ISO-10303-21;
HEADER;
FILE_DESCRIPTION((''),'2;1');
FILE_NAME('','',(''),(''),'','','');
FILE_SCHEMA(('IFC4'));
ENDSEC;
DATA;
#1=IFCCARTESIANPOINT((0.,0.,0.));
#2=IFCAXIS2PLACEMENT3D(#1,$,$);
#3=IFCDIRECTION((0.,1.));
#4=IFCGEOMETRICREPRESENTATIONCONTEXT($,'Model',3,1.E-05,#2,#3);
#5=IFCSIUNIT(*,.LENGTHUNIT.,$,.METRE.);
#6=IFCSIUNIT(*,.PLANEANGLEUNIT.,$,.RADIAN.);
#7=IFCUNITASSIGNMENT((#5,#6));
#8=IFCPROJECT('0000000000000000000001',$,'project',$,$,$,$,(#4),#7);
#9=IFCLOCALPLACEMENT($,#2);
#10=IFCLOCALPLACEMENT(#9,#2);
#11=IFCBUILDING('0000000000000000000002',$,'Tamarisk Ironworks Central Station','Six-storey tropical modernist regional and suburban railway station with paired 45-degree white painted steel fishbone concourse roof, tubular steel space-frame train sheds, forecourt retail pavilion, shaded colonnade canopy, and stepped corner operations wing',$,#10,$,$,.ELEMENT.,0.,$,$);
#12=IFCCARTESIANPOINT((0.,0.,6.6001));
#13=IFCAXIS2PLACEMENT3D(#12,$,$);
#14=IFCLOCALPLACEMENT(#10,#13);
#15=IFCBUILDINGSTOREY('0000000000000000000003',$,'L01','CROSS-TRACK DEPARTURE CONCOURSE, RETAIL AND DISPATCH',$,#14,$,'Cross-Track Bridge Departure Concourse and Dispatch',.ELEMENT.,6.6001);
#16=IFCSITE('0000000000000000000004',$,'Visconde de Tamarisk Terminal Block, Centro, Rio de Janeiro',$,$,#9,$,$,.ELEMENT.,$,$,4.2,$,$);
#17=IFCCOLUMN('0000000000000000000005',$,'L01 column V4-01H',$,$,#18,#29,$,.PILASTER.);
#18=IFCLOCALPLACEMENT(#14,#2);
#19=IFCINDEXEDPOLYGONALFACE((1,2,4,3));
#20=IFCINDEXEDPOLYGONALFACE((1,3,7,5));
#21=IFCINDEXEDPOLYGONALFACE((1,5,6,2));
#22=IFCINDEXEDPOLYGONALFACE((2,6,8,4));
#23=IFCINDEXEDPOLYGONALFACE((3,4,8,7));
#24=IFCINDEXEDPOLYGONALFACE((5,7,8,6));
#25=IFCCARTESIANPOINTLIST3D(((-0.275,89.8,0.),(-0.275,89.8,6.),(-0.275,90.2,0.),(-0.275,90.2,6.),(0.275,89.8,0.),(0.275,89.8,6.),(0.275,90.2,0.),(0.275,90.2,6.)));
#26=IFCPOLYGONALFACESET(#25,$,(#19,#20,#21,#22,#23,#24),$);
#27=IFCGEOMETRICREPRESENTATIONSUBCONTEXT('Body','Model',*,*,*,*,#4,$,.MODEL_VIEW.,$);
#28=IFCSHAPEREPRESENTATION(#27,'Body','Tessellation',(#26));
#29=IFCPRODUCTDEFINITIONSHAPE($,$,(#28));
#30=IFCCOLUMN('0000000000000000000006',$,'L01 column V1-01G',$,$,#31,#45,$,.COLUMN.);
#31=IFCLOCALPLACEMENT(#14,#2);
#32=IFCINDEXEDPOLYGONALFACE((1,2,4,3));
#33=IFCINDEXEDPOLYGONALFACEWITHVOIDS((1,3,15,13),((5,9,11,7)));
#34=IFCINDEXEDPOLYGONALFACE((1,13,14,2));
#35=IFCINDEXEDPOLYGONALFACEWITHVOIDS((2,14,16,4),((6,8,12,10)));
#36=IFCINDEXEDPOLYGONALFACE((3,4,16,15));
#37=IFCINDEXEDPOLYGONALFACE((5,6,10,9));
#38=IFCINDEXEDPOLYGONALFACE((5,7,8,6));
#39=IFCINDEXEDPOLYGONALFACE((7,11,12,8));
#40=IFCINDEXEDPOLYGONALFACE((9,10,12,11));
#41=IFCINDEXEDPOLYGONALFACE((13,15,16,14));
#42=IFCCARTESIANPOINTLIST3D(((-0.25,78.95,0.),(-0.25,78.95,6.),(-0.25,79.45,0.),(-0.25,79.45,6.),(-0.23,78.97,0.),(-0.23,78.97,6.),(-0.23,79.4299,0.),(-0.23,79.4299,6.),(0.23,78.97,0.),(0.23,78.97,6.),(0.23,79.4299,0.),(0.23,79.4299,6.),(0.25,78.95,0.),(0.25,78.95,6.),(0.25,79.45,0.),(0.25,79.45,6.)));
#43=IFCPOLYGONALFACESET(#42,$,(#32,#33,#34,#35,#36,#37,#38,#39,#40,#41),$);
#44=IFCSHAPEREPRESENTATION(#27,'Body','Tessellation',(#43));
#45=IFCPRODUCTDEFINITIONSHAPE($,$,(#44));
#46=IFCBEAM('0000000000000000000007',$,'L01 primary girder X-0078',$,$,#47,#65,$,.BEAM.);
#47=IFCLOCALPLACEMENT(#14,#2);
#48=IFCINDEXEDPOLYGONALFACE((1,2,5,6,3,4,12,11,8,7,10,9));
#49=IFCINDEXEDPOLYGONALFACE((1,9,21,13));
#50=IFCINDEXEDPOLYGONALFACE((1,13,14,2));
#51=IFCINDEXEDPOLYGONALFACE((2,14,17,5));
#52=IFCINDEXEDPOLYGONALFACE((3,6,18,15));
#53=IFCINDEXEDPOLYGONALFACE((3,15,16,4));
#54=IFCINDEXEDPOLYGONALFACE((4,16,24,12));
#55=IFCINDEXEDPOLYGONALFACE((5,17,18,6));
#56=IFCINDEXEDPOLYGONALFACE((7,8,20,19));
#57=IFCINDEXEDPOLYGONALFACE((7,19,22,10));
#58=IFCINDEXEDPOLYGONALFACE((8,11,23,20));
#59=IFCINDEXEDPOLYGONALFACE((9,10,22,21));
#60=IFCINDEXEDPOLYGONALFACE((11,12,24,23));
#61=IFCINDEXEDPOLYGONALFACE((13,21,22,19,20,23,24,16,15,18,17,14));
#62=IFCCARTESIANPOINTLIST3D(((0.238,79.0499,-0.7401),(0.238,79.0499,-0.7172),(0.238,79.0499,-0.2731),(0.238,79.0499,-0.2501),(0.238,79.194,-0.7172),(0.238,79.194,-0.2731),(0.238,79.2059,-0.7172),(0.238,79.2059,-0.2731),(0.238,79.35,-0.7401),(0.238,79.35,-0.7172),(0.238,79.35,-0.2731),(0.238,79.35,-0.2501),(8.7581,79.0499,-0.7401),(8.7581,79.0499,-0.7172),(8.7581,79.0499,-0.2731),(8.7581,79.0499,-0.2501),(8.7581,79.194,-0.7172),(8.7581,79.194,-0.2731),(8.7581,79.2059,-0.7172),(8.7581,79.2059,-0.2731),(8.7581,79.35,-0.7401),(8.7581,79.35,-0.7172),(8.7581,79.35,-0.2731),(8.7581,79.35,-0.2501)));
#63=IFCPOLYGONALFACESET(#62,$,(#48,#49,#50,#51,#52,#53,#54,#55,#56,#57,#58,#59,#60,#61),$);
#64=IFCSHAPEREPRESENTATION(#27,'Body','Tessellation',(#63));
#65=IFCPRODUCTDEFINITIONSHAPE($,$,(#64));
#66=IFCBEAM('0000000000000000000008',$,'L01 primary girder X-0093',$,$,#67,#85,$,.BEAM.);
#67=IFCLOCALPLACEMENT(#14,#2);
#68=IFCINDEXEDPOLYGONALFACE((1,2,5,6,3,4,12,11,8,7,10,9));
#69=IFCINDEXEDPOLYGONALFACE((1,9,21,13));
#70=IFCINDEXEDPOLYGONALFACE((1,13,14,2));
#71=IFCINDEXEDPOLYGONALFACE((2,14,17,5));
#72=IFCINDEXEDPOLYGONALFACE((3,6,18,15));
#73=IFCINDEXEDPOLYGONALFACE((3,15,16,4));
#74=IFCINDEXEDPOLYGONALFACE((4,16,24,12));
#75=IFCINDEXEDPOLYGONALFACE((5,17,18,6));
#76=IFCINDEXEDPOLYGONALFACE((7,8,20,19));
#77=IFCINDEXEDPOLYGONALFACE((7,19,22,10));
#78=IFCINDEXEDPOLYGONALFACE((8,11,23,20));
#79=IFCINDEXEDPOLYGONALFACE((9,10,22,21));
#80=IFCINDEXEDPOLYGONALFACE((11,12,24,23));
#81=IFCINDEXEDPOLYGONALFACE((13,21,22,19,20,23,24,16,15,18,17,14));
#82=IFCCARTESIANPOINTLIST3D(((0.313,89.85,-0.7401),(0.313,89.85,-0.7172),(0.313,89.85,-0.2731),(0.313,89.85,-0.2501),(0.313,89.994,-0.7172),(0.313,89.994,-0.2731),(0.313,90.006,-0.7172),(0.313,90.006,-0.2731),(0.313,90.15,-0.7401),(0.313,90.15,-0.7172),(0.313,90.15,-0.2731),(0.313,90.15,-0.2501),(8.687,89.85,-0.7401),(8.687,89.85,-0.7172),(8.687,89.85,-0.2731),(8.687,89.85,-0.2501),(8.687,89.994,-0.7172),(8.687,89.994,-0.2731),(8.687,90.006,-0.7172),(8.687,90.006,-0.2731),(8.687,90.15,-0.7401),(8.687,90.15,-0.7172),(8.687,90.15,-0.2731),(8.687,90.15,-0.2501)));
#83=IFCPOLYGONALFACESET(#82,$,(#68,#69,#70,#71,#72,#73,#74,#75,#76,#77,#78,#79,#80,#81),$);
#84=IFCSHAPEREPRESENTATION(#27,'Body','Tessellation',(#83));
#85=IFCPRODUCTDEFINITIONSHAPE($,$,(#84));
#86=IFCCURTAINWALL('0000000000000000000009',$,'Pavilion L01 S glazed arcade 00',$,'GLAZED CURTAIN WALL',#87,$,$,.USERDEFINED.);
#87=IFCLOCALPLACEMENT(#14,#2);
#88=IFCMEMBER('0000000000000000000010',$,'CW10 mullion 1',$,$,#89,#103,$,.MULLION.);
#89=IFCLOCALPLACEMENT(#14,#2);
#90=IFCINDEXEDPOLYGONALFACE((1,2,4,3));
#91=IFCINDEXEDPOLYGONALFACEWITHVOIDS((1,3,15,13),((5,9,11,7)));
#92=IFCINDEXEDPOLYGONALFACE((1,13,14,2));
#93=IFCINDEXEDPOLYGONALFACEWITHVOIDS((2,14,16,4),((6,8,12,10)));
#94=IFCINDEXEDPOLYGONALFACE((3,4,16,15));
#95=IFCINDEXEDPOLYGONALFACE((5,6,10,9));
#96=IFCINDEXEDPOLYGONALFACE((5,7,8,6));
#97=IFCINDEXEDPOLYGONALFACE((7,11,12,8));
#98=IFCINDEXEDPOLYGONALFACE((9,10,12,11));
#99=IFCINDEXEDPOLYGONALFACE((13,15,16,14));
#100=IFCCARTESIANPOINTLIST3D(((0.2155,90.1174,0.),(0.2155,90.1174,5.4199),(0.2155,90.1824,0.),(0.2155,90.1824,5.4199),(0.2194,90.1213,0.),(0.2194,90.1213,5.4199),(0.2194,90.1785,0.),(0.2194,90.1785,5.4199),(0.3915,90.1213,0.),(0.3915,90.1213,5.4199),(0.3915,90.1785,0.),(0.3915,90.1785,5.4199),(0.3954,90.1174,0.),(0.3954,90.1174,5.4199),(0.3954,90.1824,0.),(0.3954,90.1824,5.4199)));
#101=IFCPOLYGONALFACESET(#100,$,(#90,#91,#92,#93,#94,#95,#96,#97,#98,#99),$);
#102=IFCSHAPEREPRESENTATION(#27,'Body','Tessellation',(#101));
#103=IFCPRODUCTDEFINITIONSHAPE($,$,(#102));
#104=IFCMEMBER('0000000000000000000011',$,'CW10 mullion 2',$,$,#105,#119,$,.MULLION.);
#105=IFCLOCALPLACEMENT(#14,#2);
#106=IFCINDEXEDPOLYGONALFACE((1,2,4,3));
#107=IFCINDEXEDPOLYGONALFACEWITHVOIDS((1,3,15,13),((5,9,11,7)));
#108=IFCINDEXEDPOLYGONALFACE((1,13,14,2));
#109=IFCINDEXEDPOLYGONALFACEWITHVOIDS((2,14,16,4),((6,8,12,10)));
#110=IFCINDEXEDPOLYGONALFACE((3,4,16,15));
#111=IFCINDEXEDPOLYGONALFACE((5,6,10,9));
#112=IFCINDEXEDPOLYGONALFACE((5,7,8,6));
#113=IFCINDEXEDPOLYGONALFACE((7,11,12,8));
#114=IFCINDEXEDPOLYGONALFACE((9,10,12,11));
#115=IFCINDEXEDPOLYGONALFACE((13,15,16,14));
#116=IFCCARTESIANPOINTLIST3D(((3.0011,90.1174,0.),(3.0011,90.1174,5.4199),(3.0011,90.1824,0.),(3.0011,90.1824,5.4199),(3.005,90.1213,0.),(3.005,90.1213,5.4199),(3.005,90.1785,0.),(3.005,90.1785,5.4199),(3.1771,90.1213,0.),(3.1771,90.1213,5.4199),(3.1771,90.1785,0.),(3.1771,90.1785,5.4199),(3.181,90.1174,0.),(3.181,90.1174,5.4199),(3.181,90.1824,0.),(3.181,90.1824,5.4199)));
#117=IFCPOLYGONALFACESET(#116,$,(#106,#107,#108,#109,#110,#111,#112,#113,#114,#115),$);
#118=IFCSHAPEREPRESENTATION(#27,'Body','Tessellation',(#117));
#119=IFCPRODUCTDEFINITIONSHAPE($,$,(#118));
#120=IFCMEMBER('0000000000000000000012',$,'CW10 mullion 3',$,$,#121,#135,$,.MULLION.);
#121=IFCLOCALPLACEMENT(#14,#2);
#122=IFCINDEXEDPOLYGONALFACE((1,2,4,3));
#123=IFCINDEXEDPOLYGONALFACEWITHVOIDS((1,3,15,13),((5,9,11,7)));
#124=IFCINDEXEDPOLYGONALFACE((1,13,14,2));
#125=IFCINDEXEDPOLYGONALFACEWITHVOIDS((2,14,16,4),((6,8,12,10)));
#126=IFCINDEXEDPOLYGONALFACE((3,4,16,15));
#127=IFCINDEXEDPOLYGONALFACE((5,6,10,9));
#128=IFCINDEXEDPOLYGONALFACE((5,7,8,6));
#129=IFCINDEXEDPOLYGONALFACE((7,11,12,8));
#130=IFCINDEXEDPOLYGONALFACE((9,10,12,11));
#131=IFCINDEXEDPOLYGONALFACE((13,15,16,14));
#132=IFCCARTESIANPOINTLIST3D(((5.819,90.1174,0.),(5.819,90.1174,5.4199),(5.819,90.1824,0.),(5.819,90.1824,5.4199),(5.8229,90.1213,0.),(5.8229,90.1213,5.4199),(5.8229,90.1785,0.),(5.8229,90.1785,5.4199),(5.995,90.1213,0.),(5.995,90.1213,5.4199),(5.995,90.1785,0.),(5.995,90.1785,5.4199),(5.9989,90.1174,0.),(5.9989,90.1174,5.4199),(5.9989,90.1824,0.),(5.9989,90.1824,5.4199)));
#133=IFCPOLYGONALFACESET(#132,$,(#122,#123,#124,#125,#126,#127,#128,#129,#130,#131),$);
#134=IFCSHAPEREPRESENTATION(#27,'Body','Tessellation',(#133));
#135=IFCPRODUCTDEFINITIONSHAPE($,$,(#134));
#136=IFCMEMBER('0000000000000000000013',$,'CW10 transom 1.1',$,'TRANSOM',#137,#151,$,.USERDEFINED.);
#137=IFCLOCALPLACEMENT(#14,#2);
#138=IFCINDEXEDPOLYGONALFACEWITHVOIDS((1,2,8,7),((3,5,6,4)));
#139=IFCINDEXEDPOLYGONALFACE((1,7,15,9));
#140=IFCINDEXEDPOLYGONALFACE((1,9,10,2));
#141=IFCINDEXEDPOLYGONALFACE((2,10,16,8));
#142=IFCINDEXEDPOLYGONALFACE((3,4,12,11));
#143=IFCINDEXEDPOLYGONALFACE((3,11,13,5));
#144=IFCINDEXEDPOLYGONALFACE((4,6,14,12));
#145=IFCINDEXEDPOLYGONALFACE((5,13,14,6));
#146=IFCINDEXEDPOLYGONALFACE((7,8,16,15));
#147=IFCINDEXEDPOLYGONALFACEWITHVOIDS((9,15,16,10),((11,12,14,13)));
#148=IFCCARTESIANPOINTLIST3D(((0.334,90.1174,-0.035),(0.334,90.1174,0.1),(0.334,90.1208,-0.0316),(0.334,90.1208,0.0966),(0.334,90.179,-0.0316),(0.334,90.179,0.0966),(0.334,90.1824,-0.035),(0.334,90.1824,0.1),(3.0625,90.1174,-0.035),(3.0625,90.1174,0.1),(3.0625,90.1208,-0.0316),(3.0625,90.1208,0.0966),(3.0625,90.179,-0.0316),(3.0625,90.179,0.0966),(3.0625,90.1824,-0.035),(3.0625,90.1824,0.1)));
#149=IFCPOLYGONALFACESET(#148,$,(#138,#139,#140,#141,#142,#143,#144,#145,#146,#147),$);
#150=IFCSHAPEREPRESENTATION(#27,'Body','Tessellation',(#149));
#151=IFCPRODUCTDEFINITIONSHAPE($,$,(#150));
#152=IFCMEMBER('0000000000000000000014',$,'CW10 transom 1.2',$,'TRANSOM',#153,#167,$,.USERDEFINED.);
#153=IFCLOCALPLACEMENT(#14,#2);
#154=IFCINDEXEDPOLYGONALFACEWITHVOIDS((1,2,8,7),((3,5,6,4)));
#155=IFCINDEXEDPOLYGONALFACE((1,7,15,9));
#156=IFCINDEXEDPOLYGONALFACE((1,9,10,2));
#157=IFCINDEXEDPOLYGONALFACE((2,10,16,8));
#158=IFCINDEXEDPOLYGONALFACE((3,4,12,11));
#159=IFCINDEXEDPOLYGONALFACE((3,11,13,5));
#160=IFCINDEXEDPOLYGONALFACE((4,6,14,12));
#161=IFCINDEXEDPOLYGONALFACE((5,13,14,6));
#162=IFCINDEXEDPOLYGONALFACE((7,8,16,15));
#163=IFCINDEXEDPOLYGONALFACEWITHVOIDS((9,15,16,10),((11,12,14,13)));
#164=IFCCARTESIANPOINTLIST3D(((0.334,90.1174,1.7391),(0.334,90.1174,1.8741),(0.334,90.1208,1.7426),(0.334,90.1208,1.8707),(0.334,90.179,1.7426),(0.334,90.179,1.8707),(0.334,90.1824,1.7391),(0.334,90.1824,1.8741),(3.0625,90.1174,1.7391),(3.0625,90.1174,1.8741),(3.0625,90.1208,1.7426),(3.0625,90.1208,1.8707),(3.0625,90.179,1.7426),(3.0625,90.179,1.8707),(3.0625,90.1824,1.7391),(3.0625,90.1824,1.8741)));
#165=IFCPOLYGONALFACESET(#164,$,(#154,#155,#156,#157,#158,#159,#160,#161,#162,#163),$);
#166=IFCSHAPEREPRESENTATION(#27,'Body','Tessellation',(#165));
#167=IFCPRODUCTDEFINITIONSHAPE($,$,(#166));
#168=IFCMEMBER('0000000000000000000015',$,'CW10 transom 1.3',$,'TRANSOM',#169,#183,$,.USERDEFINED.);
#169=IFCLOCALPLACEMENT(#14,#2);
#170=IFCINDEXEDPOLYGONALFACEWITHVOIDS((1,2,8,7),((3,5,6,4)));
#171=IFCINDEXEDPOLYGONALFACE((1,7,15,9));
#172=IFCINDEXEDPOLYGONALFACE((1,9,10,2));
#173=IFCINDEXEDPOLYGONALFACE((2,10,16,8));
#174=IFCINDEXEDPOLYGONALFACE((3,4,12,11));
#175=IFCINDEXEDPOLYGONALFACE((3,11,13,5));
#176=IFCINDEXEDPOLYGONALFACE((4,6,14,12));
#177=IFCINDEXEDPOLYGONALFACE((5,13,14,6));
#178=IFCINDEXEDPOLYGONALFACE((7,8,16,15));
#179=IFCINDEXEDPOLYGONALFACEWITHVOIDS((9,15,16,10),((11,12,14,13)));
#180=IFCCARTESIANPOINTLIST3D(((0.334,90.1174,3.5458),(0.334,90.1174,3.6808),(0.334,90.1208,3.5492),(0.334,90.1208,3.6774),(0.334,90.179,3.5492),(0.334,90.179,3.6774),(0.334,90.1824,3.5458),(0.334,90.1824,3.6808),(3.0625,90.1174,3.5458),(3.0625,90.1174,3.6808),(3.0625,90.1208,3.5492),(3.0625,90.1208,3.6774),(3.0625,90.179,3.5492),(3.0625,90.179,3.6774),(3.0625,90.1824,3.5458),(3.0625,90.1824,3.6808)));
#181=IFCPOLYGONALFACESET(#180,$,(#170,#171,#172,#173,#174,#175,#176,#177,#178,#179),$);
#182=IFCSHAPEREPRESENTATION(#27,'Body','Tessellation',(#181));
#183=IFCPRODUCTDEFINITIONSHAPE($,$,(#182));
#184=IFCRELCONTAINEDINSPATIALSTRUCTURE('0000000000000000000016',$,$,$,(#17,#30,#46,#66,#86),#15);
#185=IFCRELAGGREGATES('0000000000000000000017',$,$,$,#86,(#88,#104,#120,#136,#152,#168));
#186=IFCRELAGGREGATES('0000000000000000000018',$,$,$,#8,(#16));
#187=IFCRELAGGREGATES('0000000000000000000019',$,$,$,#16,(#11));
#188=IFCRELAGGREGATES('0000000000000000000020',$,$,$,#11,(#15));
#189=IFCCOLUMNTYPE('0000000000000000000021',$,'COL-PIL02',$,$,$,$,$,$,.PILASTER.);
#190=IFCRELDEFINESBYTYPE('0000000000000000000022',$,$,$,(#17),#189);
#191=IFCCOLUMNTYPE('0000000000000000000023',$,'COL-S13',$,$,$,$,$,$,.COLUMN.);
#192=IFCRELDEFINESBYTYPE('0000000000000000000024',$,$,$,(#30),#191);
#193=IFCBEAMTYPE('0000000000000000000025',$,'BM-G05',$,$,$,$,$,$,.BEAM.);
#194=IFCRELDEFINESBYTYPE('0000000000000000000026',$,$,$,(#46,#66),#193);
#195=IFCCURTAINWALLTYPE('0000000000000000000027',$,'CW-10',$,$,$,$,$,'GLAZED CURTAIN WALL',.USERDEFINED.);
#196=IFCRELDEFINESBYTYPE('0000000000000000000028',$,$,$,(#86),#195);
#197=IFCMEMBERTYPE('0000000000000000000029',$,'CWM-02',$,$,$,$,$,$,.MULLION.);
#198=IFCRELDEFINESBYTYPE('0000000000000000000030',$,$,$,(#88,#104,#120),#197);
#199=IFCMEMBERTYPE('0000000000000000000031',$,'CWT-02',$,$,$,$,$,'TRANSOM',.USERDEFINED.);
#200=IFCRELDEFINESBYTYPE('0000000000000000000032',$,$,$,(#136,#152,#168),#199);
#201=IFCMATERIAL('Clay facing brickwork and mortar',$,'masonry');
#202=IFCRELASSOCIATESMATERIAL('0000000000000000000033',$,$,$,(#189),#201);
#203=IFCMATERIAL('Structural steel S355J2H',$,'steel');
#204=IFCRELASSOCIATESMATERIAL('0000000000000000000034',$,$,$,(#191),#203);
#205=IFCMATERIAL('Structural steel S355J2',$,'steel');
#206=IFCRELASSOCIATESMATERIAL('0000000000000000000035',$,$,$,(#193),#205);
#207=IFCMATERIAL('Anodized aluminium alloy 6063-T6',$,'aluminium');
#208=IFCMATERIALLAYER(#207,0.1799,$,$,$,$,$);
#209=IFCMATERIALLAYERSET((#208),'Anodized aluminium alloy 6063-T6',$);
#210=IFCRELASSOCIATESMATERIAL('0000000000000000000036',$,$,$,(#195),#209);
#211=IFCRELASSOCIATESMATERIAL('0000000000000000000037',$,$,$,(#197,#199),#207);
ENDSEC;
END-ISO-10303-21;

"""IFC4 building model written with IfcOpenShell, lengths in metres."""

from ifc_helpers import new_model, si_unit, direction, frame, origin, origin_2d, place, context, subcontext, project, spatial, rectangle, hollow_rectangle, i_section, extrude, material, layer, layer_set, material_profile, profile_set, type_object, element, aggregate, save


model = new_model("IFC4")

# Units and contexts
model_context = context("Model", 3, precision=1e-05, world=origin(), true_north=direction((0.0, 1.0)))
body_context = subcontext(model_context, "Body", "Model", "MODEL_VIEW")
ifc_project = project(units=[si_unit("LENGTHUNIT", "METRE"), si_unit("PLANEANGLEUNIT", "RADIAN")], contexts=[model_context])

# Site, building, storey
site_placement = place(None, origin())
site = spatial("IfcSite", under=ifc_project, at=site_placement, Name="Visconde de Tamarisk Terminal Block, Centro, Rio de Janeiro", CompositionType="ELEMENT", RefElevation=4.2)
building_placement = place(site_placement, origin())
building = spatial("IfcBuilding", under=site, at=building_placement, Name="Tamarisk Ironworks Central Station", Description="Six-storey tropical modernist regional and suburban railway station with paired 45-degree white painted steel fishbone concourse roof, tubular steel space-frame train sheds, forecourt retail pavilion, shaded colonnade canopy, and stepped corner operations wing", CompositionType="ELEMENT", ElevationOfRefHeight=0.0)
storey_placement = place(building_placement, frame((0.0, 0.0, 6.6001)))
storey = spatial("IfcBuildingStorey", under=building, at=storey_placement, Name="L01", Description="CROSS-TRACK DEPARTURE CONCOURSE, RETAIL AND DISPATCH", LongName="Cross-Track Bridge Departure Concourse and Dispatch", CompositionType="ELEMENT", Elevation=6.6001)

# Columns
ifc_material_1 = material(Name="Clay facing brickwork and mortar", Category="masonry")
ifc_material_profile_1 = material_profile(ifc_material_1, rectangle(XDim=0.55, YDim=0.3999, at=origin_2d()), Name="PIL 550x400")
ifc_profile_set_1 = profile_set([ifc_material_profile_1], Name="Clay facing brickwork and mortar")
column_type_1 = type_object("IfcColumnType", Name="COL-PIL02", PredefinedType="PILASTER", material=ifc_profile_set_1)
column_1_placement = place(storey_placement, frame((0.0, 90.0, 0.0), z_axis=(0.0, 0.0, 1.0), x_axis=(1.0, 0.0, 0.0)))
element("IfcColumn", 1, at=column_1_placement, inside=storey, type_object=column_type_1, Name="L01 column V4-01H", PredefinedType="PILASTER", context=body_context, shape_type="SweptSolid", body=[
    extrude(rectangle(XDim=0.55, YDim=0.3999, at=origin_2d()), origin(), (0.0, 0.0, 1.0), 6.0),
])
ifc_material_2 = material(Name="Structural steel S355J2H", Category="steel")
ifc_material_profile_2 = material_profile(ifc_material_2, hollow_rectangle(XDim=0.5, YDim=0.5, WallThickness=0.02, at=origin_2d()), Name="SHS 500x500x20")
ifc_profile_set_2 = profile_set([ifc_material_profile_2], Name="Structural steel S355J2H")
column_type_2 = type_object("IfcColumnType", Name="COL-S13", PredefinedType="COLUMN", material=ifc_profile_set_2)
column_2_placement = place(storey_placement, frame((0.0, 79.2, 0.0), z_axis=(0.0, 0.0, 1.0), x_axis=(1.0, 0.0, 0.0)))
element("IfcColumn", 2, at=column_2_placement, inside=storey, type_object=column_type_2, Name="L01 column V1-01G", PredefinedType="COLUMN", context=body_context, shape_type="SweptSolid", body=[
    extrude(hollow_rectangle(XDim=0.5, YDim=0.5, WallThickness=0.02, at=origin_2d()), origin(), (0.0, 0.0, 1.0), 6.0),
])

# Beams
ifc_material_3 = material(Name="Structural steel S355J2", Category="steel")
ifc_material_profile_3 = material_profile(ifc_material_3, i_section(OverallWidth=0.3, OverallDepth=0.49, WebThickness=0.012, FlangeThickness=0.0229, at=origin_2d()), Name="HEA 500")
ifc_profile_set_3 = profile_set([ifc_material_profile_3], Name="Structural steel S355J2")
beam_type = type_object("IfcBeamType", Name="BM-G05", PredefinedType="BEAM", material=ifc_profile_set_3)
beam_1_placement = place(storey_placement, frame((0.238, 79.2, -0.4951), z_axis=(1.0, 0.0, 0.0), x_axis=(0.0, 1.0, 0.0)))
element("IfcBeam", 3, at=beam_1_placement, inside=storey, type_object=beam_type, Name="L01 primary girder X-0078", PredefinedType="BEAM", context=body_context, shape_type="SweptSolid", body=[
    extrude(i_section(OverallWidth=0.3, OverallDepth=0.49, WebThickness=0.012, FlangeThickness=0.0229, at=origin_2d()), origin(), (0.0, 0.0, 1.0), 8.52),
])
beam_2_placement = place(storey_placement, frame((0.313, 90.0, -0.4951), z_axis=(1.0, 0.0, 0.0), x_axis=(0.0, 1.0, 0.0)))
element("IfcBeam", 4, at=beam_2_placement, inside=storey, type_object=beam_type, Name="L01 primary girder X-0093", PredefinedType="BEAM", context=body_context, shape_type="SweptSolid", body=[
    extrude(i_section(OverallWidth=0.3, OverallDepth=0.49, WebThickness=0.012, FlangeThickness=0.0229, at=origin_2d()), origin(), (0.0, 0.0, 1.0), 8.374),
])

# Curtain wall, members
ifc_material_4 = material(Name="Anodized aluminium alloy 6063-T6", Category="aluminium")
ifc_layer_1 = layer(ifc_material_4, 0.1799)
ifc_layer_set_1 = layer_set([ifc_layer_1], Name="Anodized aluminium alloy 6063-T6")
curtain_wall_type = type_object("IfcCurtainWallType", Name="CW-10", ElementType="GLAZED CURTAIN WALL", PredefinedType="USERDEFINED", material=ifc_layer_set_1)
curtain_wall_placement = place(storey_placement, origin())
curtain_wall = element("IfcCurtainWall", 5, at=curtain_wall_placement, inside=storey, type_object=curtain_wall_type, Name="Pavilion L01 S glazed arcade 00", ObjectType="GLAZED CURTAIN WALL", PredefinedType="USERDEFINED")
ifc_material_profile_4 = material_profile(ifc_material_4, hollow_rectangle(XDim=0.0649, YDim=0.1799, WallThickness=0.0039, at=origin_2d()), Name="ALUM 180x65")
ifc_profile_set_4 = profile_set([ifc_material_profile_4], Name="Anodized aluminium alloy 6063-T6")
member_type_1 = type_object("IfcMemberType", Name="CWM-02", PredefinedType="MULLION", material=ifc_profile_set_4)
member_1_placement = place(storey_placement, frame((0.3054, 90.1499, 0.0), z_axis=(0.0, 0.0, 1.0), x_axis=(0.0, 1.0, 0.0)))
member_1 = element("IfcMember", 6, at=member_1_placement, type_object=member_type_1, Name="CW10 mullion 1", PredefinedType="MULLION", context=body_context, shape_type="SweptSolid", body=[
    extrude(hollow_rectangle(XDim=0.0649, YDim=0.1799, WallThickness=0.0039, at=origin_2d()), origin(), (0.0, 0.0, 1.0), 5.4199),
])
member_2_placement = place(storey_placement, frame((3.0911, 90.1499, 0.0), z_axis=(0.0, 0.0, 1.0), x_axis=(0.0, 1.0, 0.0)))
member_2 = element("IfcMember", 7, at=member_2_placement, type_object=member_type_1, Name="CW10 mullion 2", PredefinedType="MULLION", context=body_context, shape_type="SweptSolid", body=[
    extrude(hollow_rectangle(XDim=0.0649, YDim=0.1799, WallThickness=0.0039, at=origin_2d()), origin(), (0.0, 0.0, 1.0), 5.4199),
])
member_3_placement = place(storey_placement, frame((5.9089, 90.1499, 0.0), z_axis=(0.0, 0.0, 1.0), x_axis=(0.0, 1.0, 0.0)))
member_3 = element("IfcMember", 8, at=member_3_placement, type_object=member_type_1, Name="CW10 mullion 3", PredefinedType="MULLION", context=body_context, shape_type="SweptSolid", body=[
    extrude(hollow_rectangle(XDim=0.0649, YDim=0.1799, WallThickness=0.0039, at=origin_2d()), origin(), (0.0, 0.0, 1.0), 5.4199),
])
ifc_material_profile_5 = material_profile(ifc_material_4, hollow_rectangle(XDim=0.0649, YDim=0.135, WallThickness=0.0034, at=origin_2d()), Name="ALUM 135x65")
ifc_profile_set_5 = profile_set([ifc_material_profile_5], Name="Anodized aluminium alloy 6063-T6")
member_type_2 = type_object("IfcMemberType", Name="CWT-02", ElementType="TRANSOM", PredefinedType="USERDEFINED", material=ifc_profile_set_5)
member_4_placement = place(storey_placement, frame((0.334, 90.1499, 0.0325), z_axis=(1.0, 0.0, 0.0), x_axis=(0.0, 1.0, 0.0)))
member_4 = element("IfcMember", 9, at=member_4_placement, type_object=member_type_2, Name="CW10 transom 1.1", ObjectType="TRANSOM", PredefinedType="USERDEFINED", context=body_context, shape_type="SweptSolid", body=[
    extrude(hollow_rectangle(XDim=0.0649, YDim=0.135, WallThickness=0.0034, at=origin_2d()), origin(), (0.0, 0.0, 1.0), 2.7285),
])
member_5_placement = place(storey_placement, frame((0.334, 90.1499, 1.8066), z_axis=(1.0, 0.0, 0.0), x_axis=(0.0, 1.0, 0.0)))
member_5 = element("IfcMember", 10, at=member_5_placement, type_object=member_type_2, Name="CW10 transom 1.2", ObjectType="TRANSOM", PredefinedType="USERDEFINED", context=body_context, shape_type="SweptSolid", body=[
    extrude(hollow_rectangle(XDim=0.0649, YDim=0.135, WallThickness=0.0034, at=origin_2d()), origin(), (0.0, 0.0, 1.0), 2.7285),
])
member_6_placement = place(storey_placement, frame((0.334, 90.1499, 3.6133), z_axis=(1.0, 0.0, 0.0), x_axis=(0.0, 1.0, 0.0)))
member_6 = element("IfcMember", 11, at=member_6_placement, type_object=member_type_2, Name="CW10 transom 1.3", ObjectType="TRANSOM", PredefinedType="USERDEFINED", context=body_context, shape_type="SweptSolid", body=[
    extrude(hollow_rectangle(XDim=0.0649, YDim=0.135, WallThickness=0.0034, at=origin_2d()), origin(), (0.0, 0.0, 1.0), 2.7285),
])
aggregate(curtain_wall, [member_1, member_2, member_3, member_4, member_5, member_6])

save(model, "model.ifc")
